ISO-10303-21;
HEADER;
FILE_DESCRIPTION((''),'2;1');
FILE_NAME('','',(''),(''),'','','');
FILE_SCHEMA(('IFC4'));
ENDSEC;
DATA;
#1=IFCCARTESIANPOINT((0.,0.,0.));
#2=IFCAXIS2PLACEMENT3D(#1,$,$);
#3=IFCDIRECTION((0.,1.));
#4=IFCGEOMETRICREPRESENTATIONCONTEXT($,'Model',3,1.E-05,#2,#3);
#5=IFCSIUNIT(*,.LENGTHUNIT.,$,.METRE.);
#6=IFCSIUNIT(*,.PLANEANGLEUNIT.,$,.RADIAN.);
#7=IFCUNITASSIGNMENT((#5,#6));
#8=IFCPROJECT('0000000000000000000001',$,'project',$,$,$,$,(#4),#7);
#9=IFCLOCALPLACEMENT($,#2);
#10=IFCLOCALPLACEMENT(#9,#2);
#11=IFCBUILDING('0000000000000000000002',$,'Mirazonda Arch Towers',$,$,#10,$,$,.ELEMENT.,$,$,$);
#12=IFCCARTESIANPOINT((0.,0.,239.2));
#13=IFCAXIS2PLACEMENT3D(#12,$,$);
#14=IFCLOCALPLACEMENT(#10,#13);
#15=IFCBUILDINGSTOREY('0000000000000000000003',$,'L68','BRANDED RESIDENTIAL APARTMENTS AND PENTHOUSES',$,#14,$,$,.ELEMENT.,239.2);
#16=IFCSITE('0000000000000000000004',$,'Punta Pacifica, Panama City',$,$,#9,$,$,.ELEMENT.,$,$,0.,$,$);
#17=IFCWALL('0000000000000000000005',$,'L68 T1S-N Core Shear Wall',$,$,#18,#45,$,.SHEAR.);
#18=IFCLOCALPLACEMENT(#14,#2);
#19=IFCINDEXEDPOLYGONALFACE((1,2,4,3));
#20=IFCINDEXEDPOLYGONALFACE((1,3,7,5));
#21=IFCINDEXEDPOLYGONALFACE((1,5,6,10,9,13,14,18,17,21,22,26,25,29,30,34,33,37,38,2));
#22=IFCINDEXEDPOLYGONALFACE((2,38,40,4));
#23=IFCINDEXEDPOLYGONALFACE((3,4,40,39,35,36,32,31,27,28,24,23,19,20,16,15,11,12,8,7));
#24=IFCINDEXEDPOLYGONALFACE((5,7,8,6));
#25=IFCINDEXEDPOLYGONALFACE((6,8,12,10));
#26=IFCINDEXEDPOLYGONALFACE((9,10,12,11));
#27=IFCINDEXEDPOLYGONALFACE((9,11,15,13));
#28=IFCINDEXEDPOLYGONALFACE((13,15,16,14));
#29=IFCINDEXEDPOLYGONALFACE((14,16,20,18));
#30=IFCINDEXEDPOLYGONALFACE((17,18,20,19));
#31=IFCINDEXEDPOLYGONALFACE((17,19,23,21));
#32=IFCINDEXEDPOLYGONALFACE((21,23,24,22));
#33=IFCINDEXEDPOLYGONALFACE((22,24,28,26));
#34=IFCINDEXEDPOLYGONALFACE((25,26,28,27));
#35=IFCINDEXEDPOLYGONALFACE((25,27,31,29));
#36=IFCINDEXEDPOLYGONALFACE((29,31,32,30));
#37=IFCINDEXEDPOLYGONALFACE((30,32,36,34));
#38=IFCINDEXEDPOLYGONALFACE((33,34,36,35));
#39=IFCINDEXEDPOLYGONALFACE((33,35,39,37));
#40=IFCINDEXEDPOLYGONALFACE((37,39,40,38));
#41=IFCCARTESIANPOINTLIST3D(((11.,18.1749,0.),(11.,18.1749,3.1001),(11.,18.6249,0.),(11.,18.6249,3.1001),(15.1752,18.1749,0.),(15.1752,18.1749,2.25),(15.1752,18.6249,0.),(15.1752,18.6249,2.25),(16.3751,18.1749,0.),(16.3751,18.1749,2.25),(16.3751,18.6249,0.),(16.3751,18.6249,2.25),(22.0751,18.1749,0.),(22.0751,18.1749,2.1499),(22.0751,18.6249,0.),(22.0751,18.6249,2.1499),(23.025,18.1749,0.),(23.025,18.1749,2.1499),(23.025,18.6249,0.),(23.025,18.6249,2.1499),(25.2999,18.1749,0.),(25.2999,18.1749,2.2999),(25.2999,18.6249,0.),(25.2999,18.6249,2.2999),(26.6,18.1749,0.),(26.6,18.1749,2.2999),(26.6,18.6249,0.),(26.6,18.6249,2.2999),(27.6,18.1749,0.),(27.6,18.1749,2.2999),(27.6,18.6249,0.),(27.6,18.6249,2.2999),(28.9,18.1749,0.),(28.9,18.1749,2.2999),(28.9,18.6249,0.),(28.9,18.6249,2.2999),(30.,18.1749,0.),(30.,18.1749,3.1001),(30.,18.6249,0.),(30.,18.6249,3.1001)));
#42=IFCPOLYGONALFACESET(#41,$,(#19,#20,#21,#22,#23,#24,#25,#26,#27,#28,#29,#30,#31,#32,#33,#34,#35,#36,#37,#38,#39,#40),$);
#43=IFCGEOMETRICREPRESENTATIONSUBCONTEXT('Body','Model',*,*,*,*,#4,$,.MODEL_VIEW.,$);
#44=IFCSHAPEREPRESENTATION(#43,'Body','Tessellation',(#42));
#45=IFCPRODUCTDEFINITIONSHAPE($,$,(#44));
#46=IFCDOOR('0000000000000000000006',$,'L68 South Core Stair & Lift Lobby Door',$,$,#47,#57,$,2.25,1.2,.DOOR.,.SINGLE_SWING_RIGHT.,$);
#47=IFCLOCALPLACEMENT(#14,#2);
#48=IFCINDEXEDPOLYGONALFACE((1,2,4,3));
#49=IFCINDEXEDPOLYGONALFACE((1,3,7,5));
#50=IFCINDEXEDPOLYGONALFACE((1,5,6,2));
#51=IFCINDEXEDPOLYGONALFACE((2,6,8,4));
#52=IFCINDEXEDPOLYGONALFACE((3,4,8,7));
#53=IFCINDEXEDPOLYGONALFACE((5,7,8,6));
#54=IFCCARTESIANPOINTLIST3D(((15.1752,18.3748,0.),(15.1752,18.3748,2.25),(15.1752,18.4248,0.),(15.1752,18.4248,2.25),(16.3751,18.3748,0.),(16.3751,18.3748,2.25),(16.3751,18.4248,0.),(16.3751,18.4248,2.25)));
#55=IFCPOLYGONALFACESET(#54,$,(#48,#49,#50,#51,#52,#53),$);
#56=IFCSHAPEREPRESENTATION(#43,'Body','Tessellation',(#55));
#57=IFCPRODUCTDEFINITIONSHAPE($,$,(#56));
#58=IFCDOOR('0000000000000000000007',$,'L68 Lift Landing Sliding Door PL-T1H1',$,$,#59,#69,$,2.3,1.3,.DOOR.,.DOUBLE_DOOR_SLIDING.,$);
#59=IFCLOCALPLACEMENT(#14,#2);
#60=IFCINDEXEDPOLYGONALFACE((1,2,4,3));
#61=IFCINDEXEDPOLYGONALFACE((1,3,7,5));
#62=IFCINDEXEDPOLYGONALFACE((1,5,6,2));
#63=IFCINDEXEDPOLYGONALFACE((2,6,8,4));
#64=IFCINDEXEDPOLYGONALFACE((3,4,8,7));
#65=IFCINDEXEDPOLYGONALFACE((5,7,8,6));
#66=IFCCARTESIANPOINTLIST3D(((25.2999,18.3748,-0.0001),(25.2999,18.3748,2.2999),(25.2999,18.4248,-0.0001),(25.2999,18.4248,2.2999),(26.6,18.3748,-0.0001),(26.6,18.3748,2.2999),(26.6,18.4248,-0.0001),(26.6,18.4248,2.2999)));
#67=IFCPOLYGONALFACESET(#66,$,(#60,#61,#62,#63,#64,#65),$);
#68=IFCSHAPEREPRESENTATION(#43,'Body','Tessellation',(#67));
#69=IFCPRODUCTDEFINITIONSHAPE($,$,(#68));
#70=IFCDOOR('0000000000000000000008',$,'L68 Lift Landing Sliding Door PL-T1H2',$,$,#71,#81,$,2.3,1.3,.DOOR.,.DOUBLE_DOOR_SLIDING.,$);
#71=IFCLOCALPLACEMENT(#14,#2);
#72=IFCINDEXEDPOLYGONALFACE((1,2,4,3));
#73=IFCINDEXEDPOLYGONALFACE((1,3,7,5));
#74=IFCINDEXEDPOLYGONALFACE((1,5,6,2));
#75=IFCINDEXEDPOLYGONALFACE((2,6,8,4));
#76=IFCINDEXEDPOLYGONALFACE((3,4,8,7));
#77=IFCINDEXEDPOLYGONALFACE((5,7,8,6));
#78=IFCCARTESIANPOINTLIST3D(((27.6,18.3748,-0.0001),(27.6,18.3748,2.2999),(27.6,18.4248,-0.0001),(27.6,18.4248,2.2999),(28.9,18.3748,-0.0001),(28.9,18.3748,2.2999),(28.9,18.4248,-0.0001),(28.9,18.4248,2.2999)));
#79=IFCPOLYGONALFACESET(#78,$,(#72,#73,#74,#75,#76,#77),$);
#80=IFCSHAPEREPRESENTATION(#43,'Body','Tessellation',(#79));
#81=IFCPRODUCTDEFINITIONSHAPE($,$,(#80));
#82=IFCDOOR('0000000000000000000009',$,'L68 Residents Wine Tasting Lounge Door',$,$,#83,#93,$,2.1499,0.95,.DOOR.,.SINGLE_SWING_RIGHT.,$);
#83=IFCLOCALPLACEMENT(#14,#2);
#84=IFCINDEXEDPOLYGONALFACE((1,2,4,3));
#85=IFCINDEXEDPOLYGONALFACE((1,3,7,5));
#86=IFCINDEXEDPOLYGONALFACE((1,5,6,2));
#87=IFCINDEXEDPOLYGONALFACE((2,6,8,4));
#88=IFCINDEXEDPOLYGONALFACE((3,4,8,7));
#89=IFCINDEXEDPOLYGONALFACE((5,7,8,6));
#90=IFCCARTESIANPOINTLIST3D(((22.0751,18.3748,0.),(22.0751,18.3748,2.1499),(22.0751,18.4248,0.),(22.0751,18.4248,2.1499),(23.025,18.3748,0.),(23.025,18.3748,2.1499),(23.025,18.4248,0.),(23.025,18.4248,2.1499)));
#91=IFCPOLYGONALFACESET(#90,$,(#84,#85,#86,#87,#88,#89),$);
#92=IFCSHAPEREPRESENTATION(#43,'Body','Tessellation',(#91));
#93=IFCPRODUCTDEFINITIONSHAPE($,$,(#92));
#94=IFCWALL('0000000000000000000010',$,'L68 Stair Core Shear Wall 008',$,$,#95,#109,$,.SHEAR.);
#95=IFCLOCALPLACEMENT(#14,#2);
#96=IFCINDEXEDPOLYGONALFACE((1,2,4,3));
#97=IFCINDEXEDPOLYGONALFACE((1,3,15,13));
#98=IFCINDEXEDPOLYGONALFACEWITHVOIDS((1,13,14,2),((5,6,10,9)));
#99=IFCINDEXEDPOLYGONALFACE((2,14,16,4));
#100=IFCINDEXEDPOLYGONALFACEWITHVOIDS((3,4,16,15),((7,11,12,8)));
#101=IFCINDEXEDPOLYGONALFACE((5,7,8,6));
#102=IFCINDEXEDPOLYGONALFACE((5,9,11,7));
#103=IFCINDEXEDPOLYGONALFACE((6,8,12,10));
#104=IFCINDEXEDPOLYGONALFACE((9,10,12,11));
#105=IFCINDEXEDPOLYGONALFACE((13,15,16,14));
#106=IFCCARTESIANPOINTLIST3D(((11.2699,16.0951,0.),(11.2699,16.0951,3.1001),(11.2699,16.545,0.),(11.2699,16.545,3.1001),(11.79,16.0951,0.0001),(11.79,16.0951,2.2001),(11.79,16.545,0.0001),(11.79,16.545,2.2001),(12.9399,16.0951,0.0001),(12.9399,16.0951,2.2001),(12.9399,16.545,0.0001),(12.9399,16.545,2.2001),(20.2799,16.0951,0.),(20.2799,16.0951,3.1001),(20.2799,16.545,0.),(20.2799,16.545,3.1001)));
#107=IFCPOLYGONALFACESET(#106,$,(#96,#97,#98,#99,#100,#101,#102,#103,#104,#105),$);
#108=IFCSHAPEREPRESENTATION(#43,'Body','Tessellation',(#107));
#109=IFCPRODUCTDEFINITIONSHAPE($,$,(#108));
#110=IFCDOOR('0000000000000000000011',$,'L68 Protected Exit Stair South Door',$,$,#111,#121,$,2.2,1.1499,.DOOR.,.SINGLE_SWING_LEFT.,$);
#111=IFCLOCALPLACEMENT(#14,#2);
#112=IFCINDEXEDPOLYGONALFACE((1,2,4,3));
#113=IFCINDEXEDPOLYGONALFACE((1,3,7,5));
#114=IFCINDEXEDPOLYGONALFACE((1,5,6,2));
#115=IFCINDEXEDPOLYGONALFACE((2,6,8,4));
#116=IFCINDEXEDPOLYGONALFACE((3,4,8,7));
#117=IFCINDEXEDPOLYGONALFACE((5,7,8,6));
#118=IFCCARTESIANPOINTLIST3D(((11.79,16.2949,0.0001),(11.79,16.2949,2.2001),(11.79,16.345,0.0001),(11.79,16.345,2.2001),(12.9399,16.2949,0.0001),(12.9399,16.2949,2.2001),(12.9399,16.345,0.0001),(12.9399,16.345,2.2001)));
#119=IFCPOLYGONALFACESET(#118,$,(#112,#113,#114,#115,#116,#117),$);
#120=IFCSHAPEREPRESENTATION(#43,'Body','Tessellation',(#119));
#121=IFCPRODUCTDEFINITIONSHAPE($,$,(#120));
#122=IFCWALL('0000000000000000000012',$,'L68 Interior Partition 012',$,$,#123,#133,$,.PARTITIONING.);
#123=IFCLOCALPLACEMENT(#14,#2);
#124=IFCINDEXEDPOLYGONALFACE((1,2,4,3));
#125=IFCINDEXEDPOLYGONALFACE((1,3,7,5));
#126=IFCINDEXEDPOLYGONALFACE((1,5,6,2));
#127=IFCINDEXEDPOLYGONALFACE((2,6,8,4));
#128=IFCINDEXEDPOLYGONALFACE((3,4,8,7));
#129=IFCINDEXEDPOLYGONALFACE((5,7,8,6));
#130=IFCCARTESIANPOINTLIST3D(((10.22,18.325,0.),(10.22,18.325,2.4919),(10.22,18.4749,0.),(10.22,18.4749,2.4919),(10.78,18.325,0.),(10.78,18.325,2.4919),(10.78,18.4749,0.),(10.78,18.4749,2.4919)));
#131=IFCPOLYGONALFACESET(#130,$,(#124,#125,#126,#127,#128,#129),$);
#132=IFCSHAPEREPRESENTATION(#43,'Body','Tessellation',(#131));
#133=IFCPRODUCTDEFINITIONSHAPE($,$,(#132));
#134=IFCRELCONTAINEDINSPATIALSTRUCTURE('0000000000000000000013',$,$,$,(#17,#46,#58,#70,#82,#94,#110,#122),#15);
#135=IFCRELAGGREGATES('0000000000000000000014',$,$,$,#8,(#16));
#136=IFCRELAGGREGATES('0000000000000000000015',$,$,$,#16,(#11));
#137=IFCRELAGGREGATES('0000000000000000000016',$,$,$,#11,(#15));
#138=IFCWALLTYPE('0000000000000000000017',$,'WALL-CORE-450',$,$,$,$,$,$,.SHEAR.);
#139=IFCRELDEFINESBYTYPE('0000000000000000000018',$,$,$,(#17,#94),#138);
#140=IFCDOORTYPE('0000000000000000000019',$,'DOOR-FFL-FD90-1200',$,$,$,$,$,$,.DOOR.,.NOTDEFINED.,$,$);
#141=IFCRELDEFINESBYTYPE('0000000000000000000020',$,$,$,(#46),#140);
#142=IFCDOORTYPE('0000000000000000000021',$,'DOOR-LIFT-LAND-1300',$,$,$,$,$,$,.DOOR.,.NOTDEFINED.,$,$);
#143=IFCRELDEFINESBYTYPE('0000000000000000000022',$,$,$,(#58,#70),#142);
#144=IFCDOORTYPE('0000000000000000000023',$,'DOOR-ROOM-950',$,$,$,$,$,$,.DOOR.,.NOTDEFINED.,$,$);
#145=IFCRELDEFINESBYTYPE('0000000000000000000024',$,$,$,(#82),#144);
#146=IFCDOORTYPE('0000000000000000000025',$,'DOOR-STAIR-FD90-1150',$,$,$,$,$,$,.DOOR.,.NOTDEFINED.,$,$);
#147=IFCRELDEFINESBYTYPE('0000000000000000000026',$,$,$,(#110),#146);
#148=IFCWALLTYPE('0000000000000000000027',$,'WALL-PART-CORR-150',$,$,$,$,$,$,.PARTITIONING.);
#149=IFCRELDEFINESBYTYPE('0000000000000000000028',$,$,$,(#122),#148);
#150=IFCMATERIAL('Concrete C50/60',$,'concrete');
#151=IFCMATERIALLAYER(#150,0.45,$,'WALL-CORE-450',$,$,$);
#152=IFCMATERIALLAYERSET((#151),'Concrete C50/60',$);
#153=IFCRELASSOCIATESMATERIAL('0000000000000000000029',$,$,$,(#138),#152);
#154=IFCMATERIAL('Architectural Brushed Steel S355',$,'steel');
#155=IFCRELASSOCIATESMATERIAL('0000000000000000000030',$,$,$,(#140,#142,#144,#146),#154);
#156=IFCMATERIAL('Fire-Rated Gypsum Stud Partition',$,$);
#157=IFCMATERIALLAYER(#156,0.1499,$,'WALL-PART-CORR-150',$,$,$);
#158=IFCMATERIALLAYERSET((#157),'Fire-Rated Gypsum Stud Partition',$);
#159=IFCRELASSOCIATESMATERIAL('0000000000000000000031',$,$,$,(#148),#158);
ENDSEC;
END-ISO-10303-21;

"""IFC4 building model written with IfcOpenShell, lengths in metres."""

from ifc_helpers import new_model, si_unit, direction, frame, frame_2d, origin, place, context, subcontext, project, spatial, rectangle, extrude, material, layer, layer_set, type_object, element, fill, save


model = new_model("IFC4")

# Units and contexts
model_context = context("Model", 3, precision=1e-05, world=origin(), true_north=direction((0.0, 1.0)))
body_context = subcontext(model_context, "Body", "Model", "MODEL_VIEW")
ifc_project = project(units=[si_unit("LENGTHUNIT", "METRE"), si_unit("PLANEANGLEUNIT", "RADIAN")], contexts=[model_context])

# Site, building, storey
site_placement = place(None, origin())
site = spatial("IfcSite", under=ifc_project, at=site_placement, Name="Punta Pacifica, Panama City", CompositionType="ELEMENT", RefElevation=0.0)
building_placement = place(site_placement, origin())
building = spatial("IfcBuilding", under=site, at=building_placement, Name="Mirazonda Arch Towers", CompositionType="ELEMENT")
storey_placement = place(building_placement, frame((0.0, 0.0, 239.2)))
storey = spatial("IfcBuildingStorey", under=building, at=storey_placement, Name="L68", Description="BRANDED RESIDENTIAL APARTMENTS AND PENTHOUSES", CompositionType="ELEMENT", Elevation=239.2)

# Shared definitions
ifc_material_1 = material(Name="Concrete C50/60", Category="concrete")

# Wall, openings, doors
ifc_layer_1 = layer(ifc_material_1, 0.45, Name="WALL-CORE-450")
ifc_layer_set_1 = layer_set([ifc_layer_1], Name="Concrete C50/60")
wall_type_1 = type_object("IfcWallType", Name="WALL-CORE-450", PredefinedType="SHEAR", material=ifc_layer_set_1)
wall_1_placement = place(storey_placement, frame((11.0, 18.3999, 0.0), z_axis=(0.0, 0.0, 1.0), x_axis=(1.0, 0.0, 0.0)))
wall_1 = element("IfcWall", 1, at=wall_1_placement, inside=storey, type_object=wall_type_1, Name="L68 T1S-N Core Shear Wall", PredefinedType="SHEAR", context=body_context, shape_type="SweptSolid", body=[
    extrude(rectangle(XDim=19.0, YDim=0.45, at=frame_2d((9.5, 0.0))), origin(), (0.0, 0.0, 1.0), 3.1001),
])
opening_1_placement = place(wall_1_placement, frame((4.175, 0.0, 0.0)))
opening_1 = element("IfcOpeningElement", 2, at=opening_1_placement, cuts=wall_1, PredefinedType="OPENING", context=body_context, shape_type="SweptSolid", body=[
    extrude(rectangle(XDim=1.2, YDim=2.25, at=frame_2d((0.6001, 1.125))), frame((0.0, 0.2349, 0.0), z_axis=(0.0, -1.0, 0.0), x_axis=(1.0, 0.0, 0.0)), (0.0, 0.0, 1.0), 0.47),
])
opening_2_placement = place(wall_1_placement, frame((11.075, 0.0, 0.0)))
opening_2 = element("IfcOpeningElement", 3, at=opening_2_placement, cuts=wall_1, PredefinedType="OPENING", context=body_context, shape_type="SweptSolid", body=[
    extrude(rectangle(XDim=0.95, YDim=2.1499, at=frame_2d((0.4751, 1.075))), frame((0.0, 0.2349, 0.0), z_axis=(0.0, -1.0, 0.0), x_axis=(1.0, 0.0, 0.0)), (0.0, 0.0, 1.0), 0.47),
])
opening_3_placement = place(wall_1_placement, frame((14.3, 0.0, 0.0)))
opening_3 = element("IfcOpeningElement", 4, at=opening_3_placement, cuts=wall_1, PredefinedType="OPENING", context=body_context, shape_type="SweptSolid", body=[
    extrude(rectangle(XDim=1.3, YDim=2.3, at=frame_2d((0.6499, 1.1499))), frame((0.0, 0.2349, 0.0), z_axis=(0.0, -1.0, 0.0), x_axis=(1.0, 0.0, 0.0)), (0.0, 0.0, 1.0), 0.47),
])
opening_4_placement = place(wall_1_placement, frame((16.6001, 0.0, 0.0)))
opening_4 = element("IfcOpeningElement", 5, at=opening_4_placement, cuts=wall_1, PredefinedType="OPENING", context=body_context, shape_type="SweptSolid", body=[
    extrude(rectangle(XDim=1.3, YDim=2.3, at=frame_2d((0.6499, 1.1499))), frame((0.0, 0.2349, 0.0), z_axis=(0.0, -1.0, 0.0), x_axis=(1.0, 0.0, 0.0)), (0.0, 0.0, 1.0), 0.47),
])
ifc_material_2 = material(Name="Architectural Brushed Steel S355", Category="steel")
door_type_1 = type_object("IfcDoorType", Name="DOOR-FFL-FD90-1200", OperationType="NOTDEFINED", PredefinedType="DOOR", material=ifc_material_2)
door_1_placement = place(opening_1_placement, origin())
door_1 = element("IfcDoor", 6, at=door_1_placement, inside=storey, type_object=door_type_1, Name="L68 South Core Stair & Lift Lobby Door", OperationType="SINGLE_SWING_RIGHT", OverallHeight=2.25, OverallWidth=1.2, PredefinedType="DOOR", context=body_context, shape_type="SweptSolid", body=[
    extrude(rectangle(XDim=1.2, YDim=2.25, at=frame_2d((0.6001, 1.125))), frame((0.0, 0.0249, 0.0), z_axis=(0.0, -1.0, 0.0), x_axis=(1.0, 0.0, 0.0)), (0.0, 0.0, 1.0), 0.05),
])
fill(opening_1, door_1)
door_type_2 = type_object("IfcDoorType", Name="DOOR-LIFT-LAND-1300", OperationType="NOTDEFINED", PredefinedType="DOOR", material=ifc_material_2)
door_2_placement = place(opening_3_placement, origin())
door_2 = element("IfcDoor", 7, at=door_2_placement, inside=storey, type_object=door_type_2, Name="L68 Lift Landing Sliding Door PL-T1H1", OperationType="DOUBLE_DOOR_SLIDING", OverallHeight=2.3, OverallWidth=1.3, PredefinedType="DOOR", context=body_context, shape_type="SweptSolid", body=[
    extrude(rectangle(XDim=1.3, YDim=2.3, at=frame_2d((0.6499, 1.1499))), frame((0.0, 0.0249, 0.0), z_axis=(0.0, -1.0, 0.0), x_axis=(1.0, 0.0, 0.0)), (0.0, 0.0, 1.0), 0.05),
])
fill(opening_3, door_2)
door_3_placement = place(opening_4_placement, origin())
door_3 = element("IfcDoor", 8, at=door_3_placement, inside=storey, type_object=door_type_2, Name="L68 Lift Landing Sliding Door PL-T1H2", OperationType="DOUBLE_DOOR_SLIDING", OverallHeight=2.3, OverallWidth=1.3, PredefinedType="DOOR", context=body_context, shape_type="SweptSolid", body=[
    extrude(rectangle(XDim=1.3, YDim=2.3, at=frame_2d((0.6499, 1.1499))), frame((0.0, 0.0249, 0.0), z_axis=(0.0, -1.0, 0.0), x_axis=(1.0, 0.0, 0.0)), (0.0, 0.0, 1.0), 0.05),
])
fill(opening_4, door_3)
door_type_3 = type_object("IfcDoorType", Name="DOOR-ROOM-950", OperationType="NOTDEFINED", PredefinedType="DOOR", material=ifc_material_2)
door_4_placement = place(opening_2_placement, origin())
door_4 = element("IfcDoor", 9, at=door_4_placement, inside=storey, type_object=door_type_3, Name="L68 Residents Wine Tasting Lounge Door", OperationType="SINGLE_SWING_RIGHT", OverallHeight=2.1499, OverallWidth=0.95, PredefinedType="DOOR", context=body_context, shape_type="SweptSolid", body=[
    extrude(rectangle(XDim=0.95, YDim=2.1499, at=frame_2d((0.4751, 1.075))), frame((0.0, 0.0249, 0.0), z_axis=(0.0, -1.0, 0.0), x_axis=(1.0, 0.0, 0.0)), (0.0, 0.0, 1.0), 0.05),
])
fill(opening_2, door_4)

# Wall, opening, door
wall_2_placement = place(storey_placement, frame((11.27, 16.3201, 0.0), z_axis=(0.0, 0.0, 1.0), x_axis=(1.0, 0.0, 0.0)))
wall_2 = element("IfcWall", 10, at=wall_2_placement, inside=storey, type_object=wall_type_1, Name="L68 Stair Core Shear Wall 008", PredefinedType="SHEAR", context=body_context, shape_type="SweptSolid", body=[
    extrude(rectangle(XDim=9.01, YDim=0.45, at=frame_2d((4.5049, 0.0))), origin(), (0.0, 0.0, 1.0), 3.1001),
])
opening_5_placement = place(wall_2_placement, frame((0.52, 0.0, 0.0)))
opening_5 = element("IfcOpeningElement", 11, at=opening_5_placement, cuts=wall_2, PredefinedType="OPENING", context=body_context, shape_type="SweptSolid", body=[
    extrude(rectangle(XDim=1.1499, YDim=2.2, at=frame_2d((0.575, 1.1001))), frame((0.0, 0.2349, 0.0), z_axis=(0.0, -1.0, 0.0), x_axis=(1.0, 0.0, 0.0)), (0.0, 0.0, 1.0), 0.47),
])
door_type_4 = type_object("IfcDoorType", Name="DOOR-STAIR-FD90-1150", OperationType="NOTDEFINED", PredefinedType="DOOR", material=ifc_material_2)
door_5_placement = place(opening_5_placement, origin())
door_5 = element("IfcDoor", 12, at=door_5_placement, inside=storey, type_object=door_type_4, Name="L68 Protected Exit Stair South Door", OperationType="SINGLE_SWING_LEFT", OverallHeight=2.2, OverallWidth=1.1499, PredefinedType="DOOR", context=body_context, shape_type="SweptSolid", body=[
    extrude(rectangle(XDim=1.1499, YDim=2.2, at=frame_2d((0.575, 1.1001))), frame((0.0, 0.0249, 0.0), z_axis=(0.0, -1.0, 0.0), x_axis=(1.0, 0.0, 0.0)), (0.0, 0.0, 1.0), 0.05),
])
fill(opening_5, door_5)

# Wall
ifc_material_3 = material(Name="Fire-Rated Gypsum Stud Partition")
ifc_layer_2 = layer(ifc_material_3, 0.1499, Name="WALL-PART-CORR-150")
ifc_layer_set_2 = layer_set([ifc_layer_2], Name="Fire-Rated Gypsum Stud Partition")
wall_type_2 = type_object("IfcWallType", Name="WALL-PART-CORR-150", PredefinedType="PARTITIONING", material=ifc_layer_set_2)
wall_3_placement = place(storey_placement, frame((10.22, 18.3999, 0.0), z_axis=(0.0, 0.0, 1.0), x_axis=(1.0, 0.0, 0.0)))
element("IfcWall", 13, at=wall_3_placement, inside=storey, type_object=wall_type_2, Name="L68 Interior Partition 012", PredefinedType="PARTITIONING", context=body_context, shape_type="SweptSolid", body=[
    extrude(rectangle(XDim=0.5601, YDim=0.1499, at=frame_2d((0.28, 0.0))), origin(), (0.0, 0.0, 1.0), 2.4919),
])

save(model, "model.ifc")
